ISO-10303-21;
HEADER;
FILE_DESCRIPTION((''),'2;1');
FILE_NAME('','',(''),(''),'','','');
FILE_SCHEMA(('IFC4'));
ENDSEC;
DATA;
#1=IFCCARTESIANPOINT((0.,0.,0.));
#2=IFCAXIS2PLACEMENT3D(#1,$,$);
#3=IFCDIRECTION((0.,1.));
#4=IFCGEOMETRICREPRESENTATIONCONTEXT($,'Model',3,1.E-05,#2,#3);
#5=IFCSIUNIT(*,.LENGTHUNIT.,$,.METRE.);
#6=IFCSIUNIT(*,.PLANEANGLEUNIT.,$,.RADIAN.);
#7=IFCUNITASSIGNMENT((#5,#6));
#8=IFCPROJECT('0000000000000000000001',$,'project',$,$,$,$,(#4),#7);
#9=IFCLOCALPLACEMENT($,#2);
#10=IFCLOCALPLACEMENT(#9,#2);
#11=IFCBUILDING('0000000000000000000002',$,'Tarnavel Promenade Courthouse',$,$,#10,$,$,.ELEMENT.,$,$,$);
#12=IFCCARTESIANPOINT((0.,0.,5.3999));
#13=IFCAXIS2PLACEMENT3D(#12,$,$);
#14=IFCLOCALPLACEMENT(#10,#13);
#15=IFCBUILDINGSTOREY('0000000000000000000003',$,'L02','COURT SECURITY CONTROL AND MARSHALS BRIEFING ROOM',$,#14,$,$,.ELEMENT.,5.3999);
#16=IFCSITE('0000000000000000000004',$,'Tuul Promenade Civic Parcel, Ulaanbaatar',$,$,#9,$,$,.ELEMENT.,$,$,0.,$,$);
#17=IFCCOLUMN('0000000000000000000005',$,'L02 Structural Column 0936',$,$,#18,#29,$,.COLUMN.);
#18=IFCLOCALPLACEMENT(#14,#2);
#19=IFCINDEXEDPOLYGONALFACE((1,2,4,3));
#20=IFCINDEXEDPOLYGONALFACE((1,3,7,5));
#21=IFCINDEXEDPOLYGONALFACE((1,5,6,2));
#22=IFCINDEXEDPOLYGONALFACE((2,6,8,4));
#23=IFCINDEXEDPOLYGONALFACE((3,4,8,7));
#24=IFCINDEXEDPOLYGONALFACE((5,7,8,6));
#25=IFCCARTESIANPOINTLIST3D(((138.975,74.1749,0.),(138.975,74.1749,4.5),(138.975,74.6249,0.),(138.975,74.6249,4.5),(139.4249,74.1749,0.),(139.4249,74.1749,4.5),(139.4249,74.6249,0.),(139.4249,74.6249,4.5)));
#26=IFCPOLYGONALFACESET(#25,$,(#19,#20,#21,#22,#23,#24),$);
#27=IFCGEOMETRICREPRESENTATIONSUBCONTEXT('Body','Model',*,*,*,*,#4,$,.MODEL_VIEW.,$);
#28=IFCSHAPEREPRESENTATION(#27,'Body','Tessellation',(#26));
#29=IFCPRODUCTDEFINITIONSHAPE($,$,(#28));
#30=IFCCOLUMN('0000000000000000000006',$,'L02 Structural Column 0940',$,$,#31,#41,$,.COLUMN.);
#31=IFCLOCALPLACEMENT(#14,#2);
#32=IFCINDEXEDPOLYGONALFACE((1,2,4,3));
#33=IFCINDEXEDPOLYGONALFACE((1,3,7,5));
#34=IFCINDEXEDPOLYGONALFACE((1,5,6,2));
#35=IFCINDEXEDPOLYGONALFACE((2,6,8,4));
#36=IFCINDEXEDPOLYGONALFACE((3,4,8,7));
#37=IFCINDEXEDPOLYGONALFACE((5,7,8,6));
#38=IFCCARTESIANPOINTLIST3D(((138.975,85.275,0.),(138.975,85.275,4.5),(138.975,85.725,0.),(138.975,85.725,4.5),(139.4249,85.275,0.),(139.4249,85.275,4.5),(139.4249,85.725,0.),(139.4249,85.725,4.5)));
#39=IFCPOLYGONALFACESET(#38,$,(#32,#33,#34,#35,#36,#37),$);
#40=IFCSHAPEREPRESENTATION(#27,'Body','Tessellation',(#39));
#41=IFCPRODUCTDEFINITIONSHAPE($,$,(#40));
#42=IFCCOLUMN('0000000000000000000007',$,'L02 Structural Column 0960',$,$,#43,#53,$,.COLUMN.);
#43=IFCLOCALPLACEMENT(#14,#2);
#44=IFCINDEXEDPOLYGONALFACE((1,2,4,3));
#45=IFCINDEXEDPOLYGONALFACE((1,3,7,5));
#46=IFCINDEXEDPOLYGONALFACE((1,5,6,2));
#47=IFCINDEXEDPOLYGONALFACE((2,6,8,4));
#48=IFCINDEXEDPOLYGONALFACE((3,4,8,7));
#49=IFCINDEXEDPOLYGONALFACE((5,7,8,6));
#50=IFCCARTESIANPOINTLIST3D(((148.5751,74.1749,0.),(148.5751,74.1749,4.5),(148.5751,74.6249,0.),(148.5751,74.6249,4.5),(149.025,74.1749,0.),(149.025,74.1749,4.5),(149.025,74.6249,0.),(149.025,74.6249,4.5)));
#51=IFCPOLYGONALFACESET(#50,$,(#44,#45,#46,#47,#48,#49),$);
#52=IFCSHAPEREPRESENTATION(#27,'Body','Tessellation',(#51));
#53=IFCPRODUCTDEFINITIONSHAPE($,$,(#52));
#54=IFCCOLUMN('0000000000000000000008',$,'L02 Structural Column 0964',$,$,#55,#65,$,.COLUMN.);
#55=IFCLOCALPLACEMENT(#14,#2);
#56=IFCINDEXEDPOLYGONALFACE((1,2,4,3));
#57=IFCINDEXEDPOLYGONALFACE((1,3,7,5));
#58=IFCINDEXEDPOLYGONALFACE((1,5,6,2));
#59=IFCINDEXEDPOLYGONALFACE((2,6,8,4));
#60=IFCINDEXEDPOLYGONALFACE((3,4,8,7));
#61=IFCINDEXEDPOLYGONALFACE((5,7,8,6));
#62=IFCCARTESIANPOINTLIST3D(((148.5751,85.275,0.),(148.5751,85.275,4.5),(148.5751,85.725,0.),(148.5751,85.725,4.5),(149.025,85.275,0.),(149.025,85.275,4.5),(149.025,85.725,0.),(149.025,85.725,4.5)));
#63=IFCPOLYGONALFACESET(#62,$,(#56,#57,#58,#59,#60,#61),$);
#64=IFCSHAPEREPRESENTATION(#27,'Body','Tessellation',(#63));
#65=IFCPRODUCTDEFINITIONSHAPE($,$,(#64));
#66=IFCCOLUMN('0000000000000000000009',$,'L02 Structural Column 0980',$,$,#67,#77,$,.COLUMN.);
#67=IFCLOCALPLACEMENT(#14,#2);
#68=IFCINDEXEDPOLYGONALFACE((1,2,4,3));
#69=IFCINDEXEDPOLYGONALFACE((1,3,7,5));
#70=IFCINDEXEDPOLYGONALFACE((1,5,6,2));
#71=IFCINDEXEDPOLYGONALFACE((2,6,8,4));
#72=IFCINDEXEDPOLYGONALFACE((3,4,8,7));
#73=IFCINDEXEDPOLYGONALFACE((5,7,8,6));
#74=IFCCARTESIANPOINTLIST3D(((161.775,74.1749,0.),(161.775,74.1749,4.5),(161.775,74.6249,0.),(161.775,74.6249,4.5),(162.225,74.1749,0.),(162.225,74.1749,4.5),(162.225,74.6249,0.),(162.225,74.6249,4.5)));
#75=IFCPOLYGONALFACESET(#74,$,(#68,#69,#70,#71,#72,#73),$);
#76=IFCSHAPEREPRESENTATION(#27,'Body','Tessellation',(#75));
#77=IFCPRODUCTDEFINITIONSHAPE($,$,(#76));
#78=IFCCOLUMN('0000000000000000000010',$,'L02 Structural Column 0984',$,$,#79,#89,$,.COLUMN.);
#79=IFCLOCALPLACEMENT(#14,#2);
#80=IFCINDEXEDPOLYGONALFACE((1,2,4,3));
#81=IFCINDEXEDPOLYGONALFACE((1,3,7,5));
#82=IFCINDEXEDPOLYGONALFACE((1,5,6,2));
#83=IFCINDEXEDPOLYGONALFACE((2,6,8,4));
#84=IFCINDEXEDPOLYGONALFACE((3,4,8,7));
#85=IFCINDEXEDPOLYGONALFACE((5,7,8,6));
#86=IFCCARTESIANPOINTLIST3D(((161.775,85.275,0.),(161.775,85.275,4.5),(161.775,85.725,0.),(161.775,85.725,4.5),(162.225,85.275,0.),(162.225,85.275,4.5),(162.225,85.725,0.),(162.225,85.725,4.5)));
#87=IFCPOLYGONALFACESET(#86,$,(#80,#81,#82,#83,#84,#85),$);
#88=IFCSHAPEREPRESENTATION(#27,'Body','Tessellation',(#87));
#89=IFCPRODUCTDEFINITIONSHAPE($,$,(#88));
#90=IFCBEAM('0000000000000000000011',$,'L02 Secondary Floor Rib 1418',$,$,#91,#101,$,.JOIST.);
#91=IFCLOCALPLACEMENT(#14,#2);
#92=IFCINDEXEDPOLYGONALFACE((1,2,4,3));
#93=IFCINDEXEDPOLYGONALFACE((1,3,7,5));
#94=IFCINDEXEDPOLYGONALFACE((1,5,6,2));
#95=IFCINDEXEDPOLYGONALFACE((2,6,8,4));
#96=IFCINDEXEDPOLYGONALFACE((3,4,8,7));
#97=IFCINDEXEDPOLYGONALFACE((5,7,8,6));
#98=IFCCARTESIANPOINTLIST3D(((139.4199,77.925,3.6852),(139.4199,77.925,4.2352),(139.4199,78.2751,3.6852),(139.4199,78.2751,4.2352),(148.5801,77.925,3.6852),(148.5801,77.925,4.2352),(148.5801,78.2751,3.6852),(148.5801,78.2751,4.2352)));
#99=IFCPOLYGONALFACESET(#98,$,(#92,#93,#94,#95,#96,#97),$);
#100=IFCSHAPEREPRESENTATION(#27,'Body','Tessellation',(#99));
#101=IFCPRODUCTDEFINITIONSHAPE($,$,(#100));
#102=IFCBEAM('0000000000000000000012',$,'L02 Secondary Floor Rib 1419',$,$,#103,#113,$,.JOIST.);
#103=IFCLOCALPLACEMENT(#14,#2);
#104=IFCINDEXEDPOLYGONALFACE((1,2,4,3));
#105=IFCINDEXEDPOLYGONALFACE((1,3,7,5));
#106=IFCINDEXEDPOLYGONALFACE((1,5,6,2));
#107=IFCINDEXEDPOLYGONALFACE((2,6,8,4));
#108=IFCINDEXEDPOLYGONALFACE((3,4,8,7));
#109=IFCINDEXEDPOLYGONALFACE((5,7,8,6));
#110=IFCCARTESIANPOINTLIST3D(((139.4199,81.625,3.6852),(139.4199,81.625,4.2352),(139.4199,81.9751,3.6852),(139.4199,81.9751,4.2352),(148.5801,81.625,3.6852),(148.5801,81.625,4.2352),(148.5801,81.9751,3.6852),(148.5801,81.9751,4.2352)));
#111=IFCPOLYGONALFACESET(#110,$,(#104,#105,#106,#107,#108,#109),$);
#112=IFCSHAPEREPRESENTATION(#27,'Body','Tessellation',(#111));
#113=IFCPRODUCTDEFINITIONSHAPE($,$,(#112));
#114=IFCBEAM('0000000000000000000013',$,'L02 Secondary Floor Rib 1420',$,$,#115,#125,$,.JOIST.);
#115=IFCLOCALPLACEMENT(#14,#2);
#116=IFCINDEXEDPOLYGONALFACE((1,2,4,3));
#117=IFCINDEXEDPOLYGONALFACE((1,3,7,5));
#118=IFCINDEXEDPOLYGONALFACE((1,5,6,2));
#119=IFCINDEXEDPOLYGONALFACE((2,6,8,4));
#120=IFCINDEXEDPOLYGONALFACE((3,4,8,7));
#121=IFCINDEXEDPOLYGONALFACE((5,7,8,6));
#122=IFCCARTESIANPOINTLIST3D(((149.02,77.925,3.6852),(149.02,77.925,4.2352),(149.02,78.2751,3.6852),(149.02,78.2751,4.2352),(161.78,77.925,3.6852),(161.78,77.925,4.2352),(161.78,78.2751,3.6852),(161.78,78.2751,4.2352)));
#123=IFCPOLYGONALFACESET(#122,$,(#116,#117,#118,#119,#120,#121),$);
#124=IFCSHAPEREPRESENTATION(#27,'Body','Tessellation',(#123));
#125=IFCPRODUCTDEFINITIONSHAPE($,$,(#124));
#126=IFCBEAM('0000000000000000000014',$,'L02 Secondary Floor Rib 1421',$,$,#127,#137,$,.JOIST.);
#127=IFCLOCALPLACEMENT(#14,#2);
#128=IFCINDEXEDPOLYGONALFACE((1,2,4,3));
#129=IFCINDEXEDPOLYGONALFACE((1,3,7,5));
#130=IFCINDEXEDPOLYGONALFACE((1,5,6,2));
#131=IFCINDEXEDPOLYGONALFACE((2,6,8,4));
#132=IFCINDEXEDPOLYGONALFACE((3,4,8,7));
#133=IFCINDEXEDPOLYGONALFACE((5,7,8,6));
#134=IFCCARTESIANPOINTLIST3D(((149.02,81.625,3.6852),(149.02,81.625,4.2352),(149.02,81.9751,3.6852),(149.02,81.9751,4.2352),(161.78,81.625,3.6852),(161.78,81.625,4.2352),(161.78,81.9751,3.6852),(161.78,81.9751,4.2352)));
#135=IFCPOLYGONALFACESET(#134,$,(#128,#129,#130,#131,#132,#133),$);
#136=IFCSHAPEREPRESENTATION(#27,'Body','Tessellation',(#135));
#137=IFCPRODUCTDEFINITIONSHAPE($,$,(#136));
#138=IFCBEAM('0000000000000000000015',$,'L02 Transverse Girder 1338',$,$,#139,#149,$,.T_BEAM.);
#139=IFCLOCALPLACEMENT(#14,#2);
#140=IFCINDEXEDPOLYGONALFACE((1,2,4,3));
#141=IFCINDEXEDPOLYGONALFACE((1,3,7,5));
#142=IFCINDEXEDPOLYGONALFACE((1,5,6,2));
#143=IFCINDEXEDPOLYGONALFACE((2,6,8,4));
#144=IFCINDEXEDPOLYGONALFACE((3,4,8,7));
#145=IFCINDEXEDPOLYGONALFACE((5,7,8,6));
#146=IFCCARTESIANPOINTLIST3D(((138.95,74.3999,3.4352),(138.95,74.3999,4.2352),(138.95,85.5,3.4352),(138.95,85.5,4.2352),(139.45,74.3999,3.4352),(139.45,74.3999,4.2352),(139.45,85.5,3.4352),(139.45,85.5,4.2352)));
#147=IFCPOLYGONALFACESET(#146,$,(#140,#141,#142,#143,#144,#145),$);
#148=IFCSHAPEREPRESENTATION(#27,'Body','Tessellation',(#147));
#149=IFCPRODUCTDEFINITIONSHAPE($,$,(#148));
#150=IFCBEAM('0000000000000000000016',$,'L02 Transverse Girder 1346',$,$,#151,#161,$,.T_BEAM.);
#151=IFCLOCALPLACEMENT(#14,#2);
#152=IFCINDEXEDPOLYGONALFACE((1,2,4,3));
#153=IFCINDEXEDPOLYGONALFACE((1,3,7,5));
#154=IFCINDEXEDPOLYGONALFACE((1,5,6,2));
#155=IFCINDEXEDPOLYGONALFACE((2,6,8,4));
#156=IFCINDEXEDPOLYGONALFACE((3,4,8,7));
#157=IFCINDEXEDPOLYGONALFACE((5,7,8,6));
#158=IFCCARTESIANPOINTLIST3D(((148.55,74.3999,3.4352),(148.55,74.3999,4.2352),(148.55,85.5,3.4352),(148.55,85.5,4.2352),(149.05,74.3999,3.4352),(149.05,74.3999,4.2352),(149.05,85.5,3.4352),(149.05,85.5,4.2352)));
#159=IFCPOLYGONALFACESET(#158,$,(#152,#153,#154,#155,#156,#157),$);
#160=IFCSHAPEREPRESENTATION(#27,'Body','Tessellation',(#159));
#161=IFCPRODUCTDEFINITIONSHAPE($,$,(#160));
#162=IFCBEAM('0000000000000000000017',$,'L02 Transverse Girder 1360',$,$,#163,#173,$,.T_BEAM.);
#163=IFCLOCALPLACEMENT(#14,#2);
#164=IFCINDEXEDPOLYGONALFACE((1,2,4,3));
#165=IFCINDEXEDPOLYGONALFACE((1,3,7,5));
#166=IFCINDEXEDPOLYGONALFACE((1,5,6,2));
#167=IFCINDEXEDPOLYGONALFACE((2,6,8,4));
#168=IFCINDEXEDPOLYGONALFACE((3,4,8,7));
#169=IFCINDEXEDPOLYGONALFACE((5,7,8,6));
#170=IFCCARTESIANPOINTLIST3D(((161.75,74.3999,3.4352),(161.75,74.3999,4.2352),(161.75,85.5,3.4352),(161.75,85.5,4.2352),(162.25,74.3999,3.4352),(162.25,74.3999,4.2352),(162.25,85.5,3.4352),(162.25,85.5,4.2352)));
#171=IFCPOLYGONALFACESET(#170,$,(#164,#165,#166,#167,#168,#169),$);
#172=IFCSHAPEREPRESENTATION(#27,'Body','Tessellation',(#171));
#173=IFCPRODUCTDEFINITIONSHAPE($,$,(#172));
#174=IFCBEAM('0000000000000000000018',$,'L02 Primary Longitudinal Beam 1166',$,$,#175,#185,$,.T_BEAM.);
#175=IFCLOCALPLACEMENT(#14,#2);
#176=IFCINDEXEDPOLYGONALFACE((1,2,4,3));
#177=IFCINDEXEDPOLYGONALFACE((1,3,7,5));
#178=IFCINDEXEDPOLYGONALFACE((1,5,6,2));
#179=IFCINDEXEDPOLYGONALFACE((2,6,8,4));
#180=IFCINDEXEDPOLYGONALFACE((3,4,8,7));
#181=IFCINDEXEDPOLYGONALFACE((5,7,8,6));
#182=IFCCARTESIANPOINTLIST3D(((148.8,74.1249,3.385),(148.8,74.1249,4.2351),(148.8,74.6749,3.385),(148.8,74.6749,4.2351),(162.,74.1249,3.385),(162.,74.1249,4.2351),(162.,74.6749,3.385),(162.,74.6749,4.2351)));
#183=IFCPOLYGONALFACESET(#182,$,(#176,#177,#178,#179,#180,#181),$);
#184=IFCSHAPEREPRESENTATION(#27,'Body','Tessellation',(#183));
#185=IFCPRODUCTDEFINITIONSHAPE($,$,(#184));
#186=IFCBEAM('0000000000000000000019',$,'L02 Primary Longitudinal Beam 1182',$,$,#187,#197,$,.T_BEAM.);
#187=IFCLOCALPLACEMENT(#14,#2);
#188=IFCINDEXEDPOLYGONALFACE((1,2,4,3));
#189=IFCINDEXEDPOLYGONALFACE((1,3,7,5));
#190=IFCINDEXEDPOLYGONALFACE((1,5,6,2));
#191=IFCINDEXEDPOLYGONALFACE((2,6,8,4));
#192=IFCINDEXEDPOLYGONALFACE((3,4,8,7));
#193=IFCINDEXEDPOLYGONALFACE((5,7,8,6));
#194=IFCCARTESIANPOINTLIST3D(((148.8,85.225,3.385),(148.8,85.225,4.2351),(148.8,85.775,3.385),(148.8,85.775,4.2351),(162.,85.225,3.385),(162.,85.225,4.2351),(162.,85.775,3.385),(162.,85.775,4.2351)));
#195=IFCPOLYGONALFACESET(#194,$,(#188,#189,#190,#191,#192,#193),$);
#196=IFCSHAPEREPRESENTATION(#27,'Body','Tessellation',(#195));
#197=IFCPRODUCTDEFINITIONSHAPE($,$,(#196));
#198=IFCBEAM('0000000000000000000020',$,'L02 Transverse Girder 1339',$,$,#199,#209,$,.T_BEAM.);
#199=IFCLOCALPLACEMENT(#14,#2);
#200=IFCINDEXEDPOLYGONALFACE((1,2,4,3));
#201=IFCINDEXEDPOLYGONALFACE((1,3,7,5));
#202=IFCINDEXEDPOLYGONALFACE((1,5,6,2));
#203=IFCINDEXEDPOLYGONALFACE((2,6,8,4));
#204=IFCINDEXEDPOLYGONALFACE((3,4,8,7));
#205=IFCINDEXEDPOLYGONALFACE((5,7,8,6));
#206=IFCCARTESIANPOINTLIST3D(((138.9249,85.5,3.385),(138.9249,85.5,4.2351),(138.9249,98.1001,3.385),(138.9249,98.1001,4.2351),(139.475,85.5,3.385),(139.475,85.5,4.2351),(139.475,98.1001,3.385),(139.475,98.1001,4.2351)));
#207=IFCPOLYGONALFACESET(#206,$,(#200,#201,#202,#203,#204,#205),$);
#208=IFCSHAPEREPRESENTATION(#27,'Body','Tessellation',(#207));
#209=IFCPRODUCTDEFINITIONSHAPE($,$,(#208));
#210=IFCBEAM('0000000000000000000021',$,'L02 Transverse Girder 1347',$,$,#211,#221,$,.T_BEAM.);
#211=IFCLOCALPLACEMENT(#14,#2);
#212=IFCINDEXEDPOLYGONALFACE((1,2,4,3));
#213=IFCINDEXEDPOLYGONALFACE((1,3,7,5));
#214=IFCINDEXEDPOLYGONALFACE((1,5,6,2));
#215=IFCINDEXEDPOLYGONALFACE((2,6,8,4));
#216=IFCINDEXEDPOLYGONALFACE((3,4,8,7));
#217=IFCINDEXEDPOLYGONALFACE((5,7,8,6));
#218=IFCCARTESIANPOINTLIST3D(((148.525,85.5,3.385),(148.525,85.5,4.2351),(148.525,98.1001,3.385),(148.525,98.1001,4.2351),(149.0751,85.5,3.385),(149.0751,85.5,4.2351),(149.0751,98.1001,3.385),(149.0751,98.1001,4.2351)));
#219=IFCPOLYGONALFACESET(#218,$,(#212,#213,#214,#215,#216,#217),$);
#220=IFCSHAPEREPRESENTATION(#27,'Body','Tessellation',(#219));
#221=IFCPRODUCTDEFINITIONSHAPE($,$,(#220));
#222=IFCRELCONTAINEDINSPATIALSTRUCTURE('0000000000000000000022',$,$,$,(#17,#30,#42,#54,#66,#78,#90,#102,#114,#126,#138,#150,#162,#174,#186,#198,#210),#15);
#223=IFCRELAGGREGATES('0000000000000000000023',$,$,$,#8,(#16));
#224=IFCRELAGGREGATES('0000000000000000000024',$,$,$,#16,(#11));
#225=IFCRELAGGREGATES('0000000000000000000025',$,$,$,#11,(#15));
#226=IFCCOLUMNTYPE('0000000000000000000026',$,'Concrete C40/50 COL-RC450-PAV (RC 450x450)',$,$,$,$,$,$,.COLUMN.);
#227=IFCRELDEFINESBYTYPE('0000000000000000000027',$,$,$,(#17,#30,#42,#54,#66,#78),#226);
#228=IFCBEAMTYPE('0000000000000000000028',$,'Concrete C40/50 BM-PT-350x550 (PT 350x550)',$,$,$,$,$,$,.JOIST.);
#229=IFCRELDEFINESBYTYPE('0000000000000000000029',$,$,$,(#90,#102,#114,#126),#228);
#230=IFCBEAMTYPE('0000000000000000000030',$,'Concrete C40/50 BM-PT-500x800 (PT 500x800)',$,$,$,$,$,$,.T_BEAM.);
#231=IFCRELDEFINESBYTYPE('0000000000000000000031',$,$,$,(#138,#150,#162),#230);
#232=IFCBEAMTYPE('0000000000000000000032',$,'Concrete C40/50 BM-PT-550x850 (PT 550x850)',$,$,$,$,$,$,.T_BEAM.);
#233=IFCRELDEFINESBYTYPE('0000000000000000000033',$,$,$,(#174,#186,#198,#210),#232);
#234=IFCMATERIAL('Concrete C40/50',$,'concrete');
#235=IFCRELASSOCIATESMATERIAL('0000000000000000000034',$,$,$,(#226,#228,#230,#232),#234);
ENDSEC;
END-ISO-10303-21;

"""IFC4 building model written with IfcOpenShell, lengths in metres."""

from ifc_helpers import new_model, si_unit, direction, frame, origin, origin_2d, place, context, subcontext, project, spatial, rectangle, extrude, material, material_profile, profile_set, type_object, element, save


model = new_model("IFC4")

# Units and contexts
model_context = context("Model", 3, precision=1e-05, world=origin(), true_north=direction((0.0, 1.0)))
body_context = subcontext(model_context, "Body", "Model", "MODEL_VIEW")
ifc_project = project(units=[si_unit("LENGTHUNIT", "METRE"), si_unit("PLANEANGLEUNIT", "RADIAN")], contexts=[model_context])

# Site, building, storey
site_placement = place(None, origin())
site = spatial("IfcSite", under=ifc_project, at=site_placement, Name="Tuul Promenade Civic Parcel, Ulaanbaatar", CompositionType="ELEMENT", RefElevation=0.0)
building_placement = place(site_placement, origin())
building = spatial("IfcBuilding", under=site, at=building_placement, Name="Tarnavel Promenade Courthouse", CompositionType="ELEMENT")
storey_placement = place(building_placement, frame((0.0, 0.0, 5.3999)))
storey = spatial("IfcBuildingStorey", under=building, at=storey_placement, Name="L02", Description="COURT SECURITY CONTROL AND MARSHALS BRIEFING ROOM", CompositionType="ELEMENT", Elevation=5.3999)

# Columns
ifc_material_1 = material(Name="Concrete C40/50", Category="concrete")
ifc_material_profile_1 = material_profile(ifc_material_1, rectangle(XDim=0.45, YDim=0.45, at=origin_2d()), Name="RC 450x450")
ifc_profile_set_1 = profile_set([ifc_material_profile_1], Name="Concrete C40/50")
column_type = type_object("IfcColumnType", Name="Concrete C40/50 COL-RC450-PAV (RC 450x450)", PredefinedType="COLUMN", material=ifc_profile_set_1)
for number, where, z_axis, x_axis, name in (
    (1, (139.2, 74.3999, 0.0), (0.0, 0.0, 1.0), (1.0, 0.0, 0.0), "L02 Structural Column 0936"),
    (2, (139.2, 85.5, 0.0), (0.0, 0.0, 1.0), (1.0, 0.0, 0.0), "L02 Structural Column 0940"),
    (3, (148.8, 74.3999, 0.0), (0.0, 0.0, 1.0), (1.0, 0.0, 0.0), "L02 Structural Column 0960"),
    (4, (148.8, 85.5, 0.0), (0.0, 0.0, 1.0), (1.0, 0.0, 0.0), "L02 Structural Column 0964"),
    (5, (162.0, 74.3999, 0.0), (0.0, 0.0, 1.0), (1.0, 0.0, 0.0), "L02 Structural Column 0980"),
    (6, (162.0, 85.5, 0.0), (0.0, 0.0, 1.0), (1.0, 0.0, 0.0), "L02 Structural Column 0984"),
):
    element("IfcColumn", number, at=place(storey_placement, frame(where, z_axis=z_axis, x_axis=x_axis)), inside=storey, type_object=column_type, Name=name, PredefinedType="COLUMN", context=body_context, shape_type="SweptSolid", body=[
        extrude(rectangle(XDim=0.45, YDim=0.45, at=origin_2d()), origin(), (0.0, 0.0, 1.0), 4.5),
    ])

# Beams
ifc_material_profile_2 = material_profile(ifc_material_1, rectangle(XDim=0.3501, YDim=0.55, at=origin_2d()), Name="PT 350x550")
ifc_profile_set_2 = profile_set([ifc_material_profile_2], Name="Concrete C40/50")
beam_type_1 = type_object("IfcBeamType", Name="Concrete C40/50 BM-PT-350x550 (PT 350x550)", PredefinedType="JOIST", material=ifc_profile_set_2)
for number, where, z_axis, x_axis, name in (
    (7, (139.4199, 78.1001, 3.9602), (1.0, 0.0, 0.0), (0.0, 1.0, 0.0), "L02 Secondary Floor Rib 1418"),
    (8, (139.4199, 81.8, 3.9602), (1.0, 0.0, 0.0), (0.0, 1.0, 0.0), "L02 Secondary Floor Rib 1419"),
):
    element("IfcBeam", number, at=place(storey_placement, frame(where, z_axis=z_axis, x_axis=x_axis)), inside=storey, type_object=beam_type_1, Name=name, PredefinedType="JOIST", context=body_context, shape_type="SweptSolid", body=[
        extrude(rectangle(XDim=0.3501, YDim=0.55, at=origin_2d()), origin(), (0.0, 0.0, 1.0), 9.1602),
    ])
for number, where, z_axis, x_axis, name in (
    (9, (149.02, 78.1001, 3.9602), (1.0, 0.0, 0.0), (0.0, 1.0, 0.0), "L02 Secondary Floor Rib 1420"),
    (10, (149.02, 81.8, 3.9602), (1.0, 0.0, 0.0), (0.0, 1.0, 0.0), "L02 Secondary Floor Rib 1421"),
):
    element("IfcBeam", number, at=place(storey_placement, frame(where, z_axis=z_axis, x_axis=x_axis)), inside=storey, type_object=beam_type_1, Name=name, PredefinedType="JOIST", context=body_context, shape_type="SweptSolid", body=[
        extrude(rectangle(XDim=0.3501, YDim=0.55, at=origin_2d()), origin(), (0.0, 0.0, 1.0), 12.76),
    ])
ifc_material_profile_3 = material_profile(ifc_material_1, rectangle(XDim=0.5, YDim=0.8, at=origin_2d()), Name="PT 500x800")
ifc_profile_set_3 = profile_set([ifc_material_profile_3], Name="Concrete C40/50")
beam_type_2 = type_object("IfcBeamType", Name="Concrete C40/50 BM-PT-500x800 (PT 500x800)", PredefinedType="T_BEAM", material=ifc_profile_set_3)
for number, where, z_axis, x_axis, name in (
    (11, (139.2, 74.3999, 3.8352), (0.0, 1.0, 0.0), (-1.0, 0.0, 0.0), "L02 Transverse Girder 1338"),
    (12, (148.8, 74.3999, 3.8352), (0.0, 1.0, 0.0), (-1.0, 0.0, 0.0), "L02 Transverse Girder 1346"),
    (13, (162.0, 74.3999, 3.8352), (0.0, 1.0, 0.0), (-1.0, 0.0, 0.0), "L02 Transverse Girder 1360"),
):
    element("IfcBeam", number, at=place(storey_placement, frame(where, z_axis=z_axis, x_axis=x_axis)), inside=storey, type_object=beam_type_2, Name=name, PredefinedType="T_BEAM", context=body_context, shape_type="SweptSolid", body=[
        extrude(rectangle(XDim=0.5, YDim=0.8, at=origin_2d()), origin(), (0.0, 0.0, 1.0), 11.1001),
    ])
ifc_material_profile_4 = material_profile(ifc_material_1, rectangle(XDim=0.55, YDim=0.8501, at=origin_2d()), Name="PT 550x850")
ifc_profile_set_4 = profile_set([ifc_material_profile_4], Name="Concrete C40/50")
beam_type_3 = type_object("IfcBeamType", Name="Concrete C40/50 BM-PT-550x850 (PT 550x850)", PredefinedType="T_BEAM", material=ifc_profile_set_4)
for number, where, z_axis, x_axis, name in (
    (14, (148.8, 74.3999, 3.8101), (1.0, 0.0, 0.0), (0.0, 1.0, 0.0), "L02 Primary Longitudinal Beam 1166"),
    (15, (148.8, 85.5, 3.8101), (1.0, 0.0, 0.0), (0.0, 1.0, 0.0), "L02 Primary Longitudinal Beam 1182"),
):
    element("IfcBeam", number, at=place(storey_placement, frame(where, z_axis=z_axis, x_axis=x_axis)), inside=storey, type_object=beam_type_3, Name=name, PredefinedType="T_BEAM", context=body_context, shape_type="SweptSolid", body=[
        extrude(rectangle(XDim=0.55, YDim=0.8501, at=origin_2d()), origin(), (0.0, 0.0, 1.0), 13.2),
    ])
for number, where, z_axis, x_axis, name in (
    (16, (139.2, 85.5, 3.8101), (0.0, 1.0, 0.0), (-1.0, 0.0, 0.0), "L02 Transverse Girder 1339"),
    (17, (148.8, 85.5, 3.8101), (0.0, 1.0, 0.0), (-1.0, 0.0, 0.0), "L02 Transverse Girder 1347"),
):
    element("IfcBeam", number, at=place(storey_placement, frame(where, z_axis=z_axis, x_axis=x_axis)), inside=storey, type_object=beam_type_3, Name=name, PredefinedType="T_BEAM", context=body_context, shape_type="SweptSolid", body=[
        extrude(rectangle(XDim=0.55, YDim=0.8501, at=origin_2d()), origin(), (0.0, 0.0, 1.0), 12.6001),
    ])

save(model, "model.ifc")
